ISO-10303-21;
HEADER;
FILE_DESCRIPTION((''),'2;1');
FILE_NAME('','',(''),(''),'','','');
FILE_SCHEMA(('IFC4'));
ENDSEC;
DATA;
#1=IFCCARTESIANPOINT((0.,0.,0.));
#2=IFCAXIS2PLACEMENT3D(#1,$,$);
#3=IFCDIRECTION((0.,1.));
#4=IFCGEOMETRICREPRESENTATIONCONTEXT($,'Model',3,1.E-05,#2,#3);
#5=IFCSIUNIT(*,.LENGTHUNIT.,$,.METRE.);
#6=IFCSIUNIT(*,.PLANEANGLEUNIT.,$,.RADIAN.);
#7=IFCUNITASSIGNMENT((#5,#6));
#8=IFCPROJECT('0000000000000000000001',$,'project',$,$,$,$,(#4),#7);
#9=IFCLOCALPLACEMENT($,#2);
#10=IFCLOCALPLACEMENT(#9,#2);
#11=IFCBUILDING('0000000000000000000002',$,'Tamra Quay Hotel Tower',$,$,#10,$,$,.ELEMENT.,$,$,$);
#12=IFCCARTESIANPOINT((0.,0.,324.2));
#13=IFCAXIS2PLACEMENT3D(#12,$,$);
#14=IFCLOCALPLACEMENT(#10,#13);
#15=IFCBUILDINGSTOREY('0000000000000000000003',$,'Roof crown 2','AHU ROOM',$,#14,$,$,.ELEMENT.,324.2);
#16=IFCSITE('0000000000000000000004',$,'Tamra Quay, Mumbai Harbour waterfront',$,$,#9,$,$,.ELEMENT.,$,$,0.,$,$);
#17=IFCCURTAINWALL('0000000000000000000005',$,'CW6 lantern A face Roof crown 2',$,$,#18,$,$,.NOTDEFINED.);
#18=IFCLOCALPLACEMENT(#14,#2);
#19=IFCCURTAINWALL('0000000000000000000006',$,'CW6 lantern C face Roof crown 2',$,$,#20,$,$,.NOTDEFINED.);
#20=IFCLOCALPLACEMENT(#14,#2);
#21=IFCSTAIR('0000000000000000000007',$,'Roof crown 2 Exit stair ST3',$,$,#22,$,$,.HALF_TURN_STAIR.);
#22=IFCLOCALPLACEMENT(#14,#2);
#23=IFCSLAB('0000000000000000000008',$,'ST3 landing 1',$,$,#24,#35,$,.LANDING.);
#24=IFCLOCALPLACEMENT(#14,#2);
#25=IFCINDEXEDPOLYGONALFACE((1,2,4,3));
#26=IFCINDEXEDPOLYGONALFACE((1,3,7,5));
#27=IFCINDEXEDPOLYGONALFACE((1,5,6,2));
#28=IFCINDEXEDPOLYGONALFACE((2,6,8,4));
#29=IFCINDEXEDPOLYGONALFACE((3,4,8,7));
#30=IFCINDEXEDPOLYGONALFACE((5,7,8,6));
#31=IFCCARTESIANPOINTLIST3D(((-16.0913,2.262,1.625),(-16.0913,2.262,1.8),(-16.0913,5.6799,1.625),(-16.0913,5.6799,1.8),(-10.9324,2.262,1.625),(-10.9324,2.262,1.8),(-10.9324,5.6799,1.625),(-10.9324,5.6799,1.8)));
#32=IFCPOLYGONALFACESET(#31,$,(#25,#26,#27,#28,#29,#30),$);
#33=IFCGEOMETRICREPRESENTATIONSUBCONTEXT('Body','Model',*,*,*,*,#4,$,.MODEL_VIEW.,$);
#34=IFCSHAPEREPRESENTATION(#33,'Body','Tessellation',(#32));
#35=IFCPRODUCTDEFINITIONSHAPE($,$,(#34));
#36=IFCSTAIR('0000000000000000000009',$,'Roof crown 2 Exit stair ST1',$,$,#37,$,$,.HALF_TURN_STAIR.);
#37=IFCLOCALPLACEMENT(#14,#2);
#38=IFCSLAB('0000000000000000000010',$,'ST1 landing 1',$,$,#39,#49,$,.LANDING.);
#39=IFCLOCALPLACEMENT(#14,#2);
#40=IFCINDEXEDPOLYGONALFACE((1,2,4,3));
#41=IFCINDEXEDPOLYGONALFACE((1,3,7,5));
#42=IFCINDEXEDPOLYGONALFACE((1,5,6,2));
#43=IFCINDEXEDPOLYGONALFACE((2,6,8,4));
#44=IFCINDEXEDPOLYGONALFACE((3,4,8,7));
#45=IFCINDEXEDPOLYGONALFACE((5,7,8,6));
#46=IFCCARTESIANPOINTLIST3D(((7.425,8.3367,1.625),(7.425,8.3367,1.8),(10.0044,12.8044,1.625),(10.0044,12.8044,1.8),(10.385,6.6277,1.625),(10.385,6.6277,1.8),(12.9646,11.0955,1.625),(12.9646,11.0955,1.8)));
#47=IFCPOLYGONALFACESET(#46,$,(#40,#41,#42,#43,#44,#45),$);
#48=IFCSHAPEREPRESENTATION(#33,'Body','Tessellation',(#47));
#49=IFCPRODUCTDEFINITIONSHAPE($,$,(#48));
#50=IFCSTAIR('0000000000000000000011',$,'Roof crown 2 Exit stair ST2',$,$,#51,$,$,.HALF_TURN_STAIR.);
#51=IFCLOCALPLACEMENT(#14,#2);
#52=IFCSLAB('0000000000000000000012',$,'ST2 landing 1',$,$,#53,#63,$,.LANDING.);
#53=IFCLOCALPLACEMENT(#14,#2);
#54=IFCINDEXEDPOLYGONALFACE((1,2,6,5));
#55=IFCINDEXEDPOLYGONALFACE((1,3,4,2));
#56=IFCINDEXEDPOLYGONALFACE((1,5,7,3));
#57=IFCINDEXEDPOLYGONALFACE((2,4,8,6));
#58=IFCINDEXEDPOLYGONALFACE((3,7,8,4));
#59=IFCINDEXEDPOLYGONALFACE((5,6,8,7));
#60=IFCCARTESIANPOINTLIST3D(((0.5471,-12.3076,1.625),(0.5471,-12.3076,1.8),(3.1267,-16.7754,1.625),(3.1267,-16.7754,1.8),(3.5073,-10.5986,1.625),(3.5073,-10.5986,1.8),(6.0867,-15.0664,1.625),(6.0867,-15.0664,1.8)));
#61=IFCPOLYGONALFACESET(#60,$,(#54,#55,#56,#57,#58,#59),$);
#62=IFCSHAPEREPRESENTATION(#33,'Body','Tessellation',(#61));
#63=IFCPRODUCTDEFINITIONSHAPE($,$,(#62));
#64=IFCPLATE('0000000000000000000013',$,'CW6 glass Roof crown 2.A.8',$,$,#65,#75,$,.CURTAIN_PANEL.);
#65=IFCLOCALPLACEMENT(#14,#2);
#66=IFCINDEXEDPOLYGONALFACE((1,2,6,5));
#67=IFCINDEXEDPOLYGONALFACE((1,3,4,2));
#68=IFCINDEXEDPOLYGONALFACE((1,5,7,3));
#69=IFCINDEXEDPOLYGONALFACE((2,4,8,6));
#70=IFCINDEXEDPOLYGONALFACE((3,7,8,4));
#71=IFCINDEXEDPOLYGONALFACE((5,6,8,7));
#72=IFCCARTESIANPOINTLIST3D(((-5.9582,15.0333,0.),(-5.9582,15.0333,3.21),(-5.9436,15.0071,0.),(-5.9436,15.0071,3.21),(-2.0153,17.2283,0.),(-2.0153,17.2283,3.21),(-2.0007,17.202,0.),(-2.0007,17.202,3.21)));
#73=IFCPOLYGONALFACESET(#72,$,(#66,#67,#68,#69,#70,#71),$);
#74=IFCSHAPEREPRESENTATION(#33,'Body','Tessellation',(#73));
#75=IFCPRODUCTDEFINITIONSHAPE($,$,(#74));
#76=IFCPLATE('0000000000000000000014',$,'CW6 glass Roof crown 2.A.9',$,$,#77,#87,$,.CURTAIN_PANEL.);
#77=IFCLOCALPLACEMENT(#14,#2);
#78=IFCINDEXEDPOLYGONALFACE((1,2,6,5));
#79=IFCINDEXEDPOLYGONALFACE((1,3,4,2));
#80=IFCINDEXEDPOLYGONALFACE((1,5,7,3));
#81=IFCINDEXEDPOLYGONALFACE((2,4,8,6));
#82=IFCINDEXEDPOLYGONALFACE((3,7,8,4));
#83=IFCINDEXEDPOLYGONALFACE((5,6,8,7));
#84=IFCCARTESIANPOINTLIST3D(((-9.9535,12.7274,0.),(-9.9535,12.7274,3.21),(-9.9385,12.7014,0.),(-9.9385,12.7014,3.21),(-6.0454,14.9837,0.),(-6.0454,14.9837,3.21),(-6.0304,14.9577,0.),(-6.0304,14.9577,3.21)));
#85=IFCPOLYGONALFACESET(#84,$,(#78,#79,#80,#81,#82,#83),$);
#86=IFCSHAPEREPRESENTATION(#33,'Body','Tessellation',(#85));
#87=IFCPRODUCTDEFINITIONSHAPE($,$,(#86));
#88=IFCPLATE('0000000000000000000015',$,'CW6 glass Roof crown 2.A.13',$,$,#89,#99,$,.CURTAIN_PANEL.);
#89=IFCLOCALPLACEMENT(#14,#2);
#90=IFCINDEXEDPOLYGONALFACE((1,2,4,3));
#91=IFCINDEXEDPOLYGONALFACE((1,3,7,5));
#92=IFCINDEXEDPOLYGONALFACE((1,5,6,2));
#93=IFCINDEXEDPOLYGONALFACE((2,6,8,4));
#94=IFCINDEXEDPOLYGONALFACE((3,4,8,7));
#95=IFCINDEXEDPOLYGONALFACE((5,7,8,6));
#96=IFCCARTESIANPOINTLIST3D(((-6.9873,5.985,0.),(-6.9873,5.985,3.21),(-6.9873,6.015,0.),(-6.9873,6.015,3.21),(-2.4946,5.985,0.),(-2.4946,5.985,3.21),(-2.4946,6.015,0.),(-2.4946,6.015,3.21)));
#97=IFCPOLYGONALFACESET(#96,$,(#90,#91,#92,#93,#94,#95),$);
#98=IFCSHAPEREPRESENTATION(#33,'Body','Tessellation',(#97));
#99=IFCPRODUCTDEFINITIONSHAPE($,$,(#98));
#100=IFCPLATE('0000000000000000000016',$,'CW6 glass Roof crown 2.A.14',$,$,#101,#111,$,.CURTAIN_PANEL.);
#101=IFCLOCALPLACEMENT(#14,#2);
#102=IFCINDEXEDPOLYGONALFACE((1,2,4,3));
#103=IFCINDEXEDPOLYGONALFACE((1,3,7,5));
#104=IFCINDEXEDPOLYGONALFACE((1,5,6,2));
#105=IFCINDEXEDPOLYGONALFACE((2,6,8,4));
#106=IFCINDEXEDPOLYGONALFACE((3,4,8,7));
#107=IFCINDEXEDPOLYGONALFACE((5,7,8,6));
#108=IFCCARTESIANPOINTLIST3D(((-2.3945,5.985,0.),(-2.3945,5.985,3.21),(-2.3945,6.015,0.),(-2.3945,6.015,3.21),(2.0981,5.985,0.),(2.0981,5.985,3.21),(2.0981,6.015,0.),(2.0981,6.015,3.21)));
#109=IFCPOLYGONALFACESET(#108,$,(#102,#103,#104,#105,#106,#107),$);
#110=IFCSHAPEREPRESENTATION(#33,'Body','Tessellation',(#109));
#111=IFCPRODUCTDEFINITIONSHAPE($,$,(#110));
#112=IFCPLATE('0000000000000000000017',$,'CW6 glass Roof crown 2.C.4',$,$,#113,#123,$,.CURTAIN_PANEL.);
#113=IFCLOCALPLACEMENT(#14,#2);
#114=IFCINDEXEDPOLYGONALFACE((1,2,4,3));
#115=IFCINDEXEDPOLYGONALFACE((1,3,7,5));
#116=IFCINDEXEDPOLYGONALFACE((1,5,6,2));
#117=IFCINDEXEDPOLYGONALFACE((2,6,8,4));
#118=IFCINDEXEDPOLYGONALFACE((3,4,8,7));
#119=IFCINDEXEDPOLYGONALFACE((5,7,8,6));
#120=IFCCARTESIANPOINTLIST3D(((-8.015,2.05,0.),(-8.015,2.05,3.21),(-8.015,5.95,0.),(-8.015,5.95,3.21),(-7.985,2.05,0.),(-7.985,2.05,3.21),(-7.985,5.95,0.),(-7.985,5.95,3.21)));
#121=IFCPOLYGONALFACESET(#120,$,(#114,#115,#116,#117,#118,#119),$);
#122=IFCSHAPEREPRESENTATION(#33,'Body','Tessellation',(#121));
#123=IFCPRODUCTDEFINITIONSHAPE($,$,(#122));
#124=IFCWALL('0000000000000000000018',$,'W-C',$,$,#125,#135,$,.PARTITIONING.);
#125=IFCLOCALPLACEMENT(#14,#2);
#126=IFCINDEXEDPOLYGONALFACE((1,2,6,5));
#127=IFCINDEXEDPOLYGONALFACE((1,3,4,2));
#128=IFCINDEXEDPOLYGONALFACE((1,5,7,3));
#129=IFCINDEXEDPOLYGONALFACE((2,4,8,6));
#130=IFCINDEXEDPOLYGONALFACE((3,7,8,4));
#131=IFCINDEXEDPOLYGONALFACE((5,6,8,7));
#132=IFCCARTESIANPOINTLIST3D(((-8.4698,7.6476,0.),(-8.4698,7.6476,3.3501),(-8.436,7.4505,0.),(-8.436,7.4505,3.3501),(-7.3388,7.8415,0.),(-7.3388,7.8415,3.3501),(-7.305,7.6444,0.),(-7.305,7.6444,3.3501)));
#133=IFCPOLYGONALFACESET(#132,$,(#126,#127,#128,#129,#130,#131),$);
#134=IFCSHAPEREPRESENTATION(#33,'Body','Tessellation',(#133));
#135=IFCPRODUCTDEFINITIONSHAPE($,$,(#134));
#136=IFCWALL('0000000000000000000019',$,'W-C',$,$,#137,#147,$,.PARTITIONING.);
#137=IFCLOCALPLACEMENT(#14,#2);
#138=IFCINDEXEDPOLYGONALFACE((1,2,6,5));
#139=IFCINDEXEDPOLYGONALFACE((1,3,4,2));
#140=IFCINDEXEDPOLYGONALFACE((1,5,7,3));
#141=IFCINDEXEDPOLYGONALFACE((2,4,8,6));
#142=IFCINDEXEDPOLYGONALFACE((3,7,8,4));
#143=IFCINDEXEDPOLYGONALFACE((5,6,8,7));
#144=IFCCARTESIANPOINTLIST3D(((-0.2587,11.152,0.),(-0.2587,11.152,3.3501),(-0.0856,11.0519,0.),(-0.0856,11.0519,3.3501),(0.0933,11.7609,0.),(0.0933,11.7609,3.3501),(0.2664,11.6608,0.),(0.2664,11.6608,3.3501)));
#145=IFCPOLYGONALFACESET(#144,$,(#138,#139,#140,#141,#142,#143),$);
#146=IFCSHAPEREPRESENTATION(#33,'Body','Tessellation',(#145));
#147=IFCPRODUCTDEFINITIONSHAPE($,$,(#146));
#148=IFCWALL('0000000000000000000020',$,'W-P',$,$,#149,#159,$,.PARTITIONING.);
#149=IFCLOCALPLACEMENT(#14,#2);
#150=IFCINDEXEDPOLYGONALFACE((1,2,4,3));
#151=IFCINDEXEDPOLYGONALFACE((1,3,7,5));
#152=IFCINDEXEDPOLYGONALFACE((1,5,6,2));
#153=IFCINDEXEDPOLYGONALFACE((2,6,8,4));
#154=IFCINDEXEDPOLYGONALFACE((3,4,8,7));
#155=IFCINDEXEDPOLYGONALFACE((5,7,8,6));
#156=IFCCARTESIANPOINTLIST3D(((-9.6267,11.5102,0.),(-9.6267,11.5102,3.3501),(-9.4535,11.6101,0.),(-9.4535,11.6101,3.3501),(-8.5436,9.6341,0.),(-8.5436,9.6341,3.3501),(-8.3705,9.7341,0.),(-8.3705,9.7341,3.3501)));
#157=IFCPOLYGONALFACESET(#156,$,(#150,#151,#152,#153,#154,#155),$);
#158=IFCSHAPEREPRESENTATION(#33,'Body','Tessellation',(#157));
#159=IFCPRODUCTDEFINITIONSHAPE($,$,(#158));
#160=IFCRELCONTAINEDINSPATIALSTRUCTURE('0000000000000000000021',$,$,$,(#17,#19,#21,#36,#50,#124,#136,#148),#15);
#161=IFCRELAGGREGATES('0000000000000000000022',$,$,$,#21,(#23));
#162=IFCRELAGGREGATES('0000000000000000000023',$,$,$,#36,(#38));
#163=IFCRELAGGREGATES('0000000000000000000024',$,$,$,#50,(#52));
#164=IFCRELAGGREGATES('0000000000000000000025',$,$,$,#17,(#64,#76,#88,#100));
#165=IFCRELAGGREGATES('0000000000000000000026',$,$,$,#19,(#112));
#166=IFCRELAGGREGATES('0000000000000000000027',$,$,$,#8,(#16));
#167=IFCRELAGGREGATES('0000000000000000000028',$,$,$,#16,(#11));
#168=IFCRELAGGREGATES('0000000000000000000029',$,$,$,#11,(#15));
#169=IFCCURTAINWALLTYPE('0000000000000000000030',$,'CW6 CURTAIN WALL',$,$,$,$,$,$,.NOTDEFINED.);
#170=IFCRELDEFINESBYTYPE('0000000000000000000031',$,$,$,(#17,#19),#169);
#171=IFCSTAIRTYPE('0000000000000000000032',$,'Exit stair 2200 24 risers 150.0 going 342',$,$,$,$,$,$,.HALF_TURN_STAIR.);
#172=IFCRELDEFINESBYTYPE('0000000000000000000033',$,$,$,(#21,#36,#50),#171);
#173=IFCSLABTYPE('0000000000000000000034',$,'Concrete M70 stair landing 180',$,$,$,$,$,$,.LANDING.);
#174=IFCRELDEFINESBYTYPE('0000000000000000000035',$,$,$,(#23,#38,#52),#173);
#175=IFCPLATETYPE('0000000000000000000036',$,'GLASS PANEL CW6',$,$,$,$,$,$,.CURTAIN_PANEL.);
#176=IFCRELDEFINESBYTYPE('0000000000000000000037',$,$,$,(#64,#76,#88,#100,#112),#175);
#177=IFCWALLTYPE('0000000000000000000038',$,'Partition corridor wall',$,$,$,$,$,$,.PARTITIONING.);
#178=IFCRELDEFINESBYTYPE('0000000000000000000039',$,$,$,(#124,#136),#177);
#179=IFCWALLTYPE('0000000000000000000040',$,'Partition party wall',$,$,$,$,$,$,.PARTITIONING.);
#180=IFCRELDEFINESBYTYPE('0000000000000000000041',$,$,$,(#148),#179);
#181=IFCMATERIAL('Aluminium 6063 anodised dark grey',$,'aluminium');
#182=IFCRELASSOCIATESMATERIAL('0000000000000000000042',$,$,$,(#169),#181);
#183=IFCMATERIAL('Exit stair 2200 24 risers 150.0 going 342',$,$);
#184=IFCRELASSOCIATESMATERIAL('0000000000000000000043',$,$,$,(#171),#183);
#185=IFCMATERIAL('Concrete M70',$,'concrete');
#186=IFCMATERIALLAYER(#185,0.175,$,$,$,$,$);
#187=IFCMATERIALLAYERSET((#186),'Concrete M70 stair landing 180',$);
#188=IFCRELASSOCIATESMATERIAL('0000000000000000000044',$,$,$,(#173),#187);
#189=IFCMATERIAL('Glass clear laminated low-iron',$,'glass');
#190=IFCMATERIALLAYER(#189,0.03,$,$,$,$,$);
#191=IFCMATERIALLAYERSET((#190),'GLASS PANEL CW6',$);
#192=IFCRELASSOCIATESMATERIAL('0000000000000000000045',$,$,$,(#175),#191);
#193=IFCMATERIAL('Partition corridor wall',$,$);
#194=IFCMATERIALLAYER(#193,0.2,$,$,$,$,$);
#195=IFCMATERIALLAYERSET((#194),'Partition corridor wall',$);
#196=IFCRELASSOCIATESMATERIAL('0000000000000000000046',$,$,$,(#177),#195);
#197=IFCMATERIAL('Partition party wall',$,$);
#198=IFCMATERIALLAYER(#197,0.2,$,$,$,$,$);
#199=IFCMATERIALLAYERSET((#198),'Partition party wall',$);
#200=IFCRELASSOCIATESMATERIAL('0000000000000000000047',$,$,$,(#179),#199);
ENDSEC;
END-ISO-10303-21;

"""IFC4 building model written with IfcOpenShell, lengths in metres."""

from ifc_helpers import new_model, si_unit, direction, frame, frame_2d, origin, origin_2d, place, context, subcontext, project, spatial, polyline, rectangle, outline, extrude, material, layer, layer_set, type_object, element, aggregate, save


model = new_model("IFC4")

# Units and contexts
model_context = context("Model", 3, precision=1e-05, world=origin(), true_north=direction((0.0, 1.0)))
body_context = subcontext(model_context, "Body", "Model", "MODEL_VIEW")
ifc_project = project(units=[si_unit("LENGTHUNIT", "METRE"), si_unit("PLANEANGLEUNIT", "RADIAN")], contexts=[model_context])

# Site, building, storey
site_placement = place(None, origin())
site = spatial("IfcSite", under=ifc_project, at=site_placement, Name="Tamra Quay, Mumbai Harbour waterfront", CompositionType="ELEMENT", RefElevation=0.0)
building_placement = place(site_placement, origin())
building = spatial("IfcBuilding", under=site, at=building_placement, Name="Tamra Quay Hotel Tower", CompositionType="ELEMENT")
storey_placement = place(building_placement, frame((0.0, 0.0, 324.2)))
storey = spatial("IfcBuildingStorey", under=building, at=storey_placement, Name="Roof crown 2", Description="AHU ROOM", CompositionType="ELEMENT", Elevation=324.2)

# Curtain walls
ifc_material_1 = material(Name="Aluminium 6063 anodised dark grey", Category="aluminium")
curtain_wall_type = type_object("IfcCurtainWallType", Name="CW6 CURTAIN WALL", PredefinedType="NOTDEFINED", material=ifc_material_1)
curtain_wall_1_placement = place(storey_placement, origin())
curtain_wall_1 = element("IfcCurtainWall", 1, at=curtain_wall_1_placement, inside=storey, type_object=curtain_wall_type, Name="CW6 lantern A face Roof crown 2", PredefinedType="NOTDEFINED")
curtain_wall_2_placement = place(storey_placement, origin())
curtain_wall_2 = element("IfcCurtainWall", 2, at=curtain_wall_2_placement, inside=storey, type_object=curtain_wall_type, Name="CW6 lantern C face Roof crown 2", PredefinedType="NOTDEFINED")

# Stairs, slabs
ifc_material_2 = material(Name="Exit stair 2200 24 risers 150.0 going 342")
stair_type = type_object("IfcStairType", Name="Exit stair 2200 24 risers 150.0 going 342", PredefinedType="HALF_TURN_STAIR", material=ifc_material_2)
stair_1_placement = place(storey_placement, origin())
stair_1 = element("IfcStair", 3, at=stair_1_placement, inside=storey, type_object=stair_type, Name="Roof crown 2 Exit stair ST3", PredefinedType="HALF_TURN_STAIR")
ifc_material_3 = material(Name="Concrete M70", Category="concrete")
ifc_layer_1 = layer(ifc_material_3, 0.175)
ifc_layer_set_1 = layer_set([ifc_layer_1], Name="Concrete M70 stair landing 180")
slab_type = type_object("IfcSlabType", Name="Concrete M70 stair landing 180", PredefinedType="LANDING", material=ifc_layer_set_1)
slab_1_placement = place(storey_placement, frame((0.0, 0.0, 1.625)))
slab_1 = element("IfcSlab", 4, at=slab_1_placement, type_object=slab_type, Name="ST3 landing 1", PredefinedType="LANDING", context=body_context, shape_type="SweptSolid", body=[
    extrude(outline(polyline([(-10.9324, 2.262), (-10.9324, 5.6799), (-16.0913, 5.6799), (-16.0913, 2.262), (-10.9324, 2.262)])), origin(), (0.0, 0.0, 1.0), 0.175),
])
aggregate(stair_1, [slab_1])
stair_2_placement = place(storey_placement, origin())
stair_2 = element("IfcStair", 5, at=stair_2_placement, inside=storey, type_object=stair_type, Name="Roof crown 2 Exit stair ST1", PredefinedType="HALF_TURN_STAIR")
slab_2_placement = place(storey_placement, frame((0.0, 0.0, 1.625)))
slab_2 = element("IfcSlab", 6, at=slab_2_placement, type_object=slab_type, Name="ST1 landing 1", PredefinedType="LANDING", context=body_context, shape_type="SweptSolid", body=[
    extrude(outline(polyline([(7.425, 8.3367), (10.385, 6.6277), (12.9646, 11.0955), (10.0044, 12.8044), (7.425, 8.3367)])), origin(), (0.0, 0.0, 1.0), 0.175),
])
aggregate(stair_2, [slab_2])
stair_3_placement = place(storey_placement, origin())
stair_3 = element("IfcStair", 7, at=stair_3_placement, inside=storey, type_object=stair_type, Name="Roof crown 2 Exit stair ST2", PredefinedType="HALF_TURN_STAIR")
slab_3_placement = place(storey_placement, frame((0.0, 0.0, 1.625)))
slab_3 = element("IfcSlab", 8, at=slab_3_placement, type_object=slab_type, Name="ST2 landing 1", PredefinedType="LANDING", context=body_context, shape_type="SweptSolid", body=[
    extrude(outline(polyline([(3.5073, -10.5986), (0.5471, -12.3076), (3.1267, -16.7754), (6.0867, -15.0664), (3.5073, -10.5986)])), origin(), (0.0, 0.0, 1.0), 0.175),
])
aggregate(stair_3, [slab_3])

# Plates
ifc_material_4 = material(Name="Glass clear laminated low-iron", Category="glass")
ifc_layer_2 = layer(ifc_material_4, 0.03)
ifc_layer_set_2 = layer_set([ifc_layer_2], Name="GLASS PANEL CW6")
plate_type = type_object("IfcPlateType", Name="GLASS PANEL CW6", PredefinedType="CURTAIN_PANEL", material=ifc_layer_set_2)
plate_1_placement = place(storey_placement, frame((-3.9795, 16.1177, 0.0), z_axis=(0.0, 0.0, 1.0), x_axis=(-0.873736, -0.486401, 0.0)))
plate_1 = element("IfcPlate", 9, at=plate_1_placement, type_object=plate_type, Name="CW6 glass Roof crown 2.A.8", PredefinedType="CURTAIN_PANEL", context=body_context, shape_type="SweptSolid", body=[
    extrude(rectangle(XDim=4.5127, YDim=0.03, at=origin_2d()), origin(), (0.0, 0.0, 1.0), 3.21),
])
plate_2_placement = place(storey_placement, frame((-7.9919, 13.8425, 0.0), z_axis=(0.0, 0.0, 1.0), x_axis=(-0.866025, -0.5, 0.0)))
plate_2 = element("IfcPlate", 10, at=plate_2_placement, type_object=plate_type, Name="CW6 glass Roof crown 2.A.9", PredefinedType="CURTAIN_PANEL", context=body_context, shape_type="SweptSolid", body=[
    extrude(rectangle(XDim=4.5127, YDim=0.03, at=origin_2d()), origin(), (0.0, 0.0, 1.0), 3.21),
])
plate_3_placement = place(storey_placement, frame((-4.741, 6.0, 0.0), z_axis=(0.0, 0.0, 1.0), x_axis=(1.0, 0.0, 0.0)))
plate_3 = element("IfcPlate", 11, at=plate_3_placement, type_object=plate_type, Name="CW6 glass Roof crown 2.A.13", PredefinedType="CURTAIN_PANEL", context=body_context, shape_type="SweptSolid", body=[
    extrude(rectangle(XDim=4.4927, YDim=0.03, at=origin_2d()), origin(), (0.0, 0.0, 1.0), 3.21),
])
plate_4_placement = place(storey_placement, frame((-0.1482, 6.0, 0.0), z_axis=(0.0, 0.0, 1.0), x_axis=(1.0, 0.0, 0.0)))
plate_4 = element("IfcPlate", 12, at=plate_4_placement, type_object=plate_type, Name="CW6 glass Roof crown 2.A.14", PredefinedType="CURTAIN_PANEL", context=body_context, shape_type="SweptSolid", body=[
    extrude(rectangle(XDim=4.4927, YDim=0.03, at=origin_2d()), origin(), (0.0, 0.0, 1.0), 3.21),
])
aggregate(curtain_wall_1, [plate_1, plate_2, plate_3, plate_4])
plate_5_placement = place(storey_placement, frame((-8.0, 4.0, 0.0), z_axis=(0.0, 0.0, 1.0), x_axis=(0.0, 1.0, 0.0)))
plate_5 = element("IfcPlate", 13, at=plate_5_placement, type_object=plate_type, Name="CW6 glass Roof crown 2.C.4", PredefinedType="CURTAIN_PANEL", context=body_context, shape_type="SweptSolid", body=[
    extrude(rectangle(XDim=3.8999, YDim=0.03, at=origin_2d()), origin(), (0.0, 0.0, 1.0), 3.21),
])
aggregate(curtain_wall_2, [plate_5])

# Walls
ifc_material_5 = material(Name="Partition corridor wall")
ifc_layer_3 = layer(ifc_material_5, 0.2)
ifc_layer_set_3 = layer_set([ifc_layer_3], Name="Partition corridor wall")
wall_type_1 = type_object("IfcWallType", Name="Partition corridor wall", PredefinedType="PARTITIONING", material=ifc_layer_set_3)
wall_1_placement = place(storey_placement, frame((-8.4529, 7.5491, 0.0), z_axis=(0.0, 0.0, 1.0), x_axis=(0.985624, 0.168952, 0.0)))
element("IfcWall", 14, at=wall_1_placement, inside=storey, type_object=wall_type_1, Name="W-C", PredefinedType="PARTITIONING", context=body_context, shape_type="SweptSolid", body=[
    extrude(rectangle(XDim=1.1475, YDim=0.2, at=frame_2d((0.5737, 0.0))), origin(), (0.0, 0.0, 1.0), 3.3501),
])
wall_2_placement = place(storey_placement, frame((-0.1721, 11.1021, 0.0), z_axis=(0.0, 0.0, 1.0), x_axis=(0.500544, 0.865711, 0.0)))
element("IfcWall", 15, at=wall_2_placement, inside=storey, type_object=wall_type_1, Name="W-C", PredefinedType="PARTITIONING", context=body_context, shape_type="SweptSolid", body=[
    extrude(rectangle(XDim=0.7034, YDim=0.2, at=frame_2d((0.3516, 0.0))), origin(), (0.0, 0.0, 1.0), 3.3501),
])
ifc_material_6 = material(Name="Partition party wall")
ifc_layer_4 = layer(ifc_material_6, 0.2)
ifc_layer_set_4 = layer_set([ifc_layer_4], Name="Partition party wall")
wall_type_2 = type_object("IfcWallType", Name="Partition party wall", PredefinedType="PARTITIONING", material=ifc_layer_set_4)
wall_3_placement = place(storey_placement, frame((-9.54, 11.5601, 0.0), z_axis=(0.0, 0.0, 1.0), x_axis=(0.49997, -0.866043, 0.0)))
element("IfcWall", 16, at=wall_3_placement, inside=storey, type_object=wall_type_2, Name="W-P", PredefinedType="PARTITIONING", context=body_context, shape_type="SweptSolid", body=[
    extrude(rectangle(XDim=2.1663, YDim=0.2, at=frame_2d((1.083, 0.0))), origin(), (0.0, 0.0, 1.0), 3.3501),
])

save(model, "model.ifc")
